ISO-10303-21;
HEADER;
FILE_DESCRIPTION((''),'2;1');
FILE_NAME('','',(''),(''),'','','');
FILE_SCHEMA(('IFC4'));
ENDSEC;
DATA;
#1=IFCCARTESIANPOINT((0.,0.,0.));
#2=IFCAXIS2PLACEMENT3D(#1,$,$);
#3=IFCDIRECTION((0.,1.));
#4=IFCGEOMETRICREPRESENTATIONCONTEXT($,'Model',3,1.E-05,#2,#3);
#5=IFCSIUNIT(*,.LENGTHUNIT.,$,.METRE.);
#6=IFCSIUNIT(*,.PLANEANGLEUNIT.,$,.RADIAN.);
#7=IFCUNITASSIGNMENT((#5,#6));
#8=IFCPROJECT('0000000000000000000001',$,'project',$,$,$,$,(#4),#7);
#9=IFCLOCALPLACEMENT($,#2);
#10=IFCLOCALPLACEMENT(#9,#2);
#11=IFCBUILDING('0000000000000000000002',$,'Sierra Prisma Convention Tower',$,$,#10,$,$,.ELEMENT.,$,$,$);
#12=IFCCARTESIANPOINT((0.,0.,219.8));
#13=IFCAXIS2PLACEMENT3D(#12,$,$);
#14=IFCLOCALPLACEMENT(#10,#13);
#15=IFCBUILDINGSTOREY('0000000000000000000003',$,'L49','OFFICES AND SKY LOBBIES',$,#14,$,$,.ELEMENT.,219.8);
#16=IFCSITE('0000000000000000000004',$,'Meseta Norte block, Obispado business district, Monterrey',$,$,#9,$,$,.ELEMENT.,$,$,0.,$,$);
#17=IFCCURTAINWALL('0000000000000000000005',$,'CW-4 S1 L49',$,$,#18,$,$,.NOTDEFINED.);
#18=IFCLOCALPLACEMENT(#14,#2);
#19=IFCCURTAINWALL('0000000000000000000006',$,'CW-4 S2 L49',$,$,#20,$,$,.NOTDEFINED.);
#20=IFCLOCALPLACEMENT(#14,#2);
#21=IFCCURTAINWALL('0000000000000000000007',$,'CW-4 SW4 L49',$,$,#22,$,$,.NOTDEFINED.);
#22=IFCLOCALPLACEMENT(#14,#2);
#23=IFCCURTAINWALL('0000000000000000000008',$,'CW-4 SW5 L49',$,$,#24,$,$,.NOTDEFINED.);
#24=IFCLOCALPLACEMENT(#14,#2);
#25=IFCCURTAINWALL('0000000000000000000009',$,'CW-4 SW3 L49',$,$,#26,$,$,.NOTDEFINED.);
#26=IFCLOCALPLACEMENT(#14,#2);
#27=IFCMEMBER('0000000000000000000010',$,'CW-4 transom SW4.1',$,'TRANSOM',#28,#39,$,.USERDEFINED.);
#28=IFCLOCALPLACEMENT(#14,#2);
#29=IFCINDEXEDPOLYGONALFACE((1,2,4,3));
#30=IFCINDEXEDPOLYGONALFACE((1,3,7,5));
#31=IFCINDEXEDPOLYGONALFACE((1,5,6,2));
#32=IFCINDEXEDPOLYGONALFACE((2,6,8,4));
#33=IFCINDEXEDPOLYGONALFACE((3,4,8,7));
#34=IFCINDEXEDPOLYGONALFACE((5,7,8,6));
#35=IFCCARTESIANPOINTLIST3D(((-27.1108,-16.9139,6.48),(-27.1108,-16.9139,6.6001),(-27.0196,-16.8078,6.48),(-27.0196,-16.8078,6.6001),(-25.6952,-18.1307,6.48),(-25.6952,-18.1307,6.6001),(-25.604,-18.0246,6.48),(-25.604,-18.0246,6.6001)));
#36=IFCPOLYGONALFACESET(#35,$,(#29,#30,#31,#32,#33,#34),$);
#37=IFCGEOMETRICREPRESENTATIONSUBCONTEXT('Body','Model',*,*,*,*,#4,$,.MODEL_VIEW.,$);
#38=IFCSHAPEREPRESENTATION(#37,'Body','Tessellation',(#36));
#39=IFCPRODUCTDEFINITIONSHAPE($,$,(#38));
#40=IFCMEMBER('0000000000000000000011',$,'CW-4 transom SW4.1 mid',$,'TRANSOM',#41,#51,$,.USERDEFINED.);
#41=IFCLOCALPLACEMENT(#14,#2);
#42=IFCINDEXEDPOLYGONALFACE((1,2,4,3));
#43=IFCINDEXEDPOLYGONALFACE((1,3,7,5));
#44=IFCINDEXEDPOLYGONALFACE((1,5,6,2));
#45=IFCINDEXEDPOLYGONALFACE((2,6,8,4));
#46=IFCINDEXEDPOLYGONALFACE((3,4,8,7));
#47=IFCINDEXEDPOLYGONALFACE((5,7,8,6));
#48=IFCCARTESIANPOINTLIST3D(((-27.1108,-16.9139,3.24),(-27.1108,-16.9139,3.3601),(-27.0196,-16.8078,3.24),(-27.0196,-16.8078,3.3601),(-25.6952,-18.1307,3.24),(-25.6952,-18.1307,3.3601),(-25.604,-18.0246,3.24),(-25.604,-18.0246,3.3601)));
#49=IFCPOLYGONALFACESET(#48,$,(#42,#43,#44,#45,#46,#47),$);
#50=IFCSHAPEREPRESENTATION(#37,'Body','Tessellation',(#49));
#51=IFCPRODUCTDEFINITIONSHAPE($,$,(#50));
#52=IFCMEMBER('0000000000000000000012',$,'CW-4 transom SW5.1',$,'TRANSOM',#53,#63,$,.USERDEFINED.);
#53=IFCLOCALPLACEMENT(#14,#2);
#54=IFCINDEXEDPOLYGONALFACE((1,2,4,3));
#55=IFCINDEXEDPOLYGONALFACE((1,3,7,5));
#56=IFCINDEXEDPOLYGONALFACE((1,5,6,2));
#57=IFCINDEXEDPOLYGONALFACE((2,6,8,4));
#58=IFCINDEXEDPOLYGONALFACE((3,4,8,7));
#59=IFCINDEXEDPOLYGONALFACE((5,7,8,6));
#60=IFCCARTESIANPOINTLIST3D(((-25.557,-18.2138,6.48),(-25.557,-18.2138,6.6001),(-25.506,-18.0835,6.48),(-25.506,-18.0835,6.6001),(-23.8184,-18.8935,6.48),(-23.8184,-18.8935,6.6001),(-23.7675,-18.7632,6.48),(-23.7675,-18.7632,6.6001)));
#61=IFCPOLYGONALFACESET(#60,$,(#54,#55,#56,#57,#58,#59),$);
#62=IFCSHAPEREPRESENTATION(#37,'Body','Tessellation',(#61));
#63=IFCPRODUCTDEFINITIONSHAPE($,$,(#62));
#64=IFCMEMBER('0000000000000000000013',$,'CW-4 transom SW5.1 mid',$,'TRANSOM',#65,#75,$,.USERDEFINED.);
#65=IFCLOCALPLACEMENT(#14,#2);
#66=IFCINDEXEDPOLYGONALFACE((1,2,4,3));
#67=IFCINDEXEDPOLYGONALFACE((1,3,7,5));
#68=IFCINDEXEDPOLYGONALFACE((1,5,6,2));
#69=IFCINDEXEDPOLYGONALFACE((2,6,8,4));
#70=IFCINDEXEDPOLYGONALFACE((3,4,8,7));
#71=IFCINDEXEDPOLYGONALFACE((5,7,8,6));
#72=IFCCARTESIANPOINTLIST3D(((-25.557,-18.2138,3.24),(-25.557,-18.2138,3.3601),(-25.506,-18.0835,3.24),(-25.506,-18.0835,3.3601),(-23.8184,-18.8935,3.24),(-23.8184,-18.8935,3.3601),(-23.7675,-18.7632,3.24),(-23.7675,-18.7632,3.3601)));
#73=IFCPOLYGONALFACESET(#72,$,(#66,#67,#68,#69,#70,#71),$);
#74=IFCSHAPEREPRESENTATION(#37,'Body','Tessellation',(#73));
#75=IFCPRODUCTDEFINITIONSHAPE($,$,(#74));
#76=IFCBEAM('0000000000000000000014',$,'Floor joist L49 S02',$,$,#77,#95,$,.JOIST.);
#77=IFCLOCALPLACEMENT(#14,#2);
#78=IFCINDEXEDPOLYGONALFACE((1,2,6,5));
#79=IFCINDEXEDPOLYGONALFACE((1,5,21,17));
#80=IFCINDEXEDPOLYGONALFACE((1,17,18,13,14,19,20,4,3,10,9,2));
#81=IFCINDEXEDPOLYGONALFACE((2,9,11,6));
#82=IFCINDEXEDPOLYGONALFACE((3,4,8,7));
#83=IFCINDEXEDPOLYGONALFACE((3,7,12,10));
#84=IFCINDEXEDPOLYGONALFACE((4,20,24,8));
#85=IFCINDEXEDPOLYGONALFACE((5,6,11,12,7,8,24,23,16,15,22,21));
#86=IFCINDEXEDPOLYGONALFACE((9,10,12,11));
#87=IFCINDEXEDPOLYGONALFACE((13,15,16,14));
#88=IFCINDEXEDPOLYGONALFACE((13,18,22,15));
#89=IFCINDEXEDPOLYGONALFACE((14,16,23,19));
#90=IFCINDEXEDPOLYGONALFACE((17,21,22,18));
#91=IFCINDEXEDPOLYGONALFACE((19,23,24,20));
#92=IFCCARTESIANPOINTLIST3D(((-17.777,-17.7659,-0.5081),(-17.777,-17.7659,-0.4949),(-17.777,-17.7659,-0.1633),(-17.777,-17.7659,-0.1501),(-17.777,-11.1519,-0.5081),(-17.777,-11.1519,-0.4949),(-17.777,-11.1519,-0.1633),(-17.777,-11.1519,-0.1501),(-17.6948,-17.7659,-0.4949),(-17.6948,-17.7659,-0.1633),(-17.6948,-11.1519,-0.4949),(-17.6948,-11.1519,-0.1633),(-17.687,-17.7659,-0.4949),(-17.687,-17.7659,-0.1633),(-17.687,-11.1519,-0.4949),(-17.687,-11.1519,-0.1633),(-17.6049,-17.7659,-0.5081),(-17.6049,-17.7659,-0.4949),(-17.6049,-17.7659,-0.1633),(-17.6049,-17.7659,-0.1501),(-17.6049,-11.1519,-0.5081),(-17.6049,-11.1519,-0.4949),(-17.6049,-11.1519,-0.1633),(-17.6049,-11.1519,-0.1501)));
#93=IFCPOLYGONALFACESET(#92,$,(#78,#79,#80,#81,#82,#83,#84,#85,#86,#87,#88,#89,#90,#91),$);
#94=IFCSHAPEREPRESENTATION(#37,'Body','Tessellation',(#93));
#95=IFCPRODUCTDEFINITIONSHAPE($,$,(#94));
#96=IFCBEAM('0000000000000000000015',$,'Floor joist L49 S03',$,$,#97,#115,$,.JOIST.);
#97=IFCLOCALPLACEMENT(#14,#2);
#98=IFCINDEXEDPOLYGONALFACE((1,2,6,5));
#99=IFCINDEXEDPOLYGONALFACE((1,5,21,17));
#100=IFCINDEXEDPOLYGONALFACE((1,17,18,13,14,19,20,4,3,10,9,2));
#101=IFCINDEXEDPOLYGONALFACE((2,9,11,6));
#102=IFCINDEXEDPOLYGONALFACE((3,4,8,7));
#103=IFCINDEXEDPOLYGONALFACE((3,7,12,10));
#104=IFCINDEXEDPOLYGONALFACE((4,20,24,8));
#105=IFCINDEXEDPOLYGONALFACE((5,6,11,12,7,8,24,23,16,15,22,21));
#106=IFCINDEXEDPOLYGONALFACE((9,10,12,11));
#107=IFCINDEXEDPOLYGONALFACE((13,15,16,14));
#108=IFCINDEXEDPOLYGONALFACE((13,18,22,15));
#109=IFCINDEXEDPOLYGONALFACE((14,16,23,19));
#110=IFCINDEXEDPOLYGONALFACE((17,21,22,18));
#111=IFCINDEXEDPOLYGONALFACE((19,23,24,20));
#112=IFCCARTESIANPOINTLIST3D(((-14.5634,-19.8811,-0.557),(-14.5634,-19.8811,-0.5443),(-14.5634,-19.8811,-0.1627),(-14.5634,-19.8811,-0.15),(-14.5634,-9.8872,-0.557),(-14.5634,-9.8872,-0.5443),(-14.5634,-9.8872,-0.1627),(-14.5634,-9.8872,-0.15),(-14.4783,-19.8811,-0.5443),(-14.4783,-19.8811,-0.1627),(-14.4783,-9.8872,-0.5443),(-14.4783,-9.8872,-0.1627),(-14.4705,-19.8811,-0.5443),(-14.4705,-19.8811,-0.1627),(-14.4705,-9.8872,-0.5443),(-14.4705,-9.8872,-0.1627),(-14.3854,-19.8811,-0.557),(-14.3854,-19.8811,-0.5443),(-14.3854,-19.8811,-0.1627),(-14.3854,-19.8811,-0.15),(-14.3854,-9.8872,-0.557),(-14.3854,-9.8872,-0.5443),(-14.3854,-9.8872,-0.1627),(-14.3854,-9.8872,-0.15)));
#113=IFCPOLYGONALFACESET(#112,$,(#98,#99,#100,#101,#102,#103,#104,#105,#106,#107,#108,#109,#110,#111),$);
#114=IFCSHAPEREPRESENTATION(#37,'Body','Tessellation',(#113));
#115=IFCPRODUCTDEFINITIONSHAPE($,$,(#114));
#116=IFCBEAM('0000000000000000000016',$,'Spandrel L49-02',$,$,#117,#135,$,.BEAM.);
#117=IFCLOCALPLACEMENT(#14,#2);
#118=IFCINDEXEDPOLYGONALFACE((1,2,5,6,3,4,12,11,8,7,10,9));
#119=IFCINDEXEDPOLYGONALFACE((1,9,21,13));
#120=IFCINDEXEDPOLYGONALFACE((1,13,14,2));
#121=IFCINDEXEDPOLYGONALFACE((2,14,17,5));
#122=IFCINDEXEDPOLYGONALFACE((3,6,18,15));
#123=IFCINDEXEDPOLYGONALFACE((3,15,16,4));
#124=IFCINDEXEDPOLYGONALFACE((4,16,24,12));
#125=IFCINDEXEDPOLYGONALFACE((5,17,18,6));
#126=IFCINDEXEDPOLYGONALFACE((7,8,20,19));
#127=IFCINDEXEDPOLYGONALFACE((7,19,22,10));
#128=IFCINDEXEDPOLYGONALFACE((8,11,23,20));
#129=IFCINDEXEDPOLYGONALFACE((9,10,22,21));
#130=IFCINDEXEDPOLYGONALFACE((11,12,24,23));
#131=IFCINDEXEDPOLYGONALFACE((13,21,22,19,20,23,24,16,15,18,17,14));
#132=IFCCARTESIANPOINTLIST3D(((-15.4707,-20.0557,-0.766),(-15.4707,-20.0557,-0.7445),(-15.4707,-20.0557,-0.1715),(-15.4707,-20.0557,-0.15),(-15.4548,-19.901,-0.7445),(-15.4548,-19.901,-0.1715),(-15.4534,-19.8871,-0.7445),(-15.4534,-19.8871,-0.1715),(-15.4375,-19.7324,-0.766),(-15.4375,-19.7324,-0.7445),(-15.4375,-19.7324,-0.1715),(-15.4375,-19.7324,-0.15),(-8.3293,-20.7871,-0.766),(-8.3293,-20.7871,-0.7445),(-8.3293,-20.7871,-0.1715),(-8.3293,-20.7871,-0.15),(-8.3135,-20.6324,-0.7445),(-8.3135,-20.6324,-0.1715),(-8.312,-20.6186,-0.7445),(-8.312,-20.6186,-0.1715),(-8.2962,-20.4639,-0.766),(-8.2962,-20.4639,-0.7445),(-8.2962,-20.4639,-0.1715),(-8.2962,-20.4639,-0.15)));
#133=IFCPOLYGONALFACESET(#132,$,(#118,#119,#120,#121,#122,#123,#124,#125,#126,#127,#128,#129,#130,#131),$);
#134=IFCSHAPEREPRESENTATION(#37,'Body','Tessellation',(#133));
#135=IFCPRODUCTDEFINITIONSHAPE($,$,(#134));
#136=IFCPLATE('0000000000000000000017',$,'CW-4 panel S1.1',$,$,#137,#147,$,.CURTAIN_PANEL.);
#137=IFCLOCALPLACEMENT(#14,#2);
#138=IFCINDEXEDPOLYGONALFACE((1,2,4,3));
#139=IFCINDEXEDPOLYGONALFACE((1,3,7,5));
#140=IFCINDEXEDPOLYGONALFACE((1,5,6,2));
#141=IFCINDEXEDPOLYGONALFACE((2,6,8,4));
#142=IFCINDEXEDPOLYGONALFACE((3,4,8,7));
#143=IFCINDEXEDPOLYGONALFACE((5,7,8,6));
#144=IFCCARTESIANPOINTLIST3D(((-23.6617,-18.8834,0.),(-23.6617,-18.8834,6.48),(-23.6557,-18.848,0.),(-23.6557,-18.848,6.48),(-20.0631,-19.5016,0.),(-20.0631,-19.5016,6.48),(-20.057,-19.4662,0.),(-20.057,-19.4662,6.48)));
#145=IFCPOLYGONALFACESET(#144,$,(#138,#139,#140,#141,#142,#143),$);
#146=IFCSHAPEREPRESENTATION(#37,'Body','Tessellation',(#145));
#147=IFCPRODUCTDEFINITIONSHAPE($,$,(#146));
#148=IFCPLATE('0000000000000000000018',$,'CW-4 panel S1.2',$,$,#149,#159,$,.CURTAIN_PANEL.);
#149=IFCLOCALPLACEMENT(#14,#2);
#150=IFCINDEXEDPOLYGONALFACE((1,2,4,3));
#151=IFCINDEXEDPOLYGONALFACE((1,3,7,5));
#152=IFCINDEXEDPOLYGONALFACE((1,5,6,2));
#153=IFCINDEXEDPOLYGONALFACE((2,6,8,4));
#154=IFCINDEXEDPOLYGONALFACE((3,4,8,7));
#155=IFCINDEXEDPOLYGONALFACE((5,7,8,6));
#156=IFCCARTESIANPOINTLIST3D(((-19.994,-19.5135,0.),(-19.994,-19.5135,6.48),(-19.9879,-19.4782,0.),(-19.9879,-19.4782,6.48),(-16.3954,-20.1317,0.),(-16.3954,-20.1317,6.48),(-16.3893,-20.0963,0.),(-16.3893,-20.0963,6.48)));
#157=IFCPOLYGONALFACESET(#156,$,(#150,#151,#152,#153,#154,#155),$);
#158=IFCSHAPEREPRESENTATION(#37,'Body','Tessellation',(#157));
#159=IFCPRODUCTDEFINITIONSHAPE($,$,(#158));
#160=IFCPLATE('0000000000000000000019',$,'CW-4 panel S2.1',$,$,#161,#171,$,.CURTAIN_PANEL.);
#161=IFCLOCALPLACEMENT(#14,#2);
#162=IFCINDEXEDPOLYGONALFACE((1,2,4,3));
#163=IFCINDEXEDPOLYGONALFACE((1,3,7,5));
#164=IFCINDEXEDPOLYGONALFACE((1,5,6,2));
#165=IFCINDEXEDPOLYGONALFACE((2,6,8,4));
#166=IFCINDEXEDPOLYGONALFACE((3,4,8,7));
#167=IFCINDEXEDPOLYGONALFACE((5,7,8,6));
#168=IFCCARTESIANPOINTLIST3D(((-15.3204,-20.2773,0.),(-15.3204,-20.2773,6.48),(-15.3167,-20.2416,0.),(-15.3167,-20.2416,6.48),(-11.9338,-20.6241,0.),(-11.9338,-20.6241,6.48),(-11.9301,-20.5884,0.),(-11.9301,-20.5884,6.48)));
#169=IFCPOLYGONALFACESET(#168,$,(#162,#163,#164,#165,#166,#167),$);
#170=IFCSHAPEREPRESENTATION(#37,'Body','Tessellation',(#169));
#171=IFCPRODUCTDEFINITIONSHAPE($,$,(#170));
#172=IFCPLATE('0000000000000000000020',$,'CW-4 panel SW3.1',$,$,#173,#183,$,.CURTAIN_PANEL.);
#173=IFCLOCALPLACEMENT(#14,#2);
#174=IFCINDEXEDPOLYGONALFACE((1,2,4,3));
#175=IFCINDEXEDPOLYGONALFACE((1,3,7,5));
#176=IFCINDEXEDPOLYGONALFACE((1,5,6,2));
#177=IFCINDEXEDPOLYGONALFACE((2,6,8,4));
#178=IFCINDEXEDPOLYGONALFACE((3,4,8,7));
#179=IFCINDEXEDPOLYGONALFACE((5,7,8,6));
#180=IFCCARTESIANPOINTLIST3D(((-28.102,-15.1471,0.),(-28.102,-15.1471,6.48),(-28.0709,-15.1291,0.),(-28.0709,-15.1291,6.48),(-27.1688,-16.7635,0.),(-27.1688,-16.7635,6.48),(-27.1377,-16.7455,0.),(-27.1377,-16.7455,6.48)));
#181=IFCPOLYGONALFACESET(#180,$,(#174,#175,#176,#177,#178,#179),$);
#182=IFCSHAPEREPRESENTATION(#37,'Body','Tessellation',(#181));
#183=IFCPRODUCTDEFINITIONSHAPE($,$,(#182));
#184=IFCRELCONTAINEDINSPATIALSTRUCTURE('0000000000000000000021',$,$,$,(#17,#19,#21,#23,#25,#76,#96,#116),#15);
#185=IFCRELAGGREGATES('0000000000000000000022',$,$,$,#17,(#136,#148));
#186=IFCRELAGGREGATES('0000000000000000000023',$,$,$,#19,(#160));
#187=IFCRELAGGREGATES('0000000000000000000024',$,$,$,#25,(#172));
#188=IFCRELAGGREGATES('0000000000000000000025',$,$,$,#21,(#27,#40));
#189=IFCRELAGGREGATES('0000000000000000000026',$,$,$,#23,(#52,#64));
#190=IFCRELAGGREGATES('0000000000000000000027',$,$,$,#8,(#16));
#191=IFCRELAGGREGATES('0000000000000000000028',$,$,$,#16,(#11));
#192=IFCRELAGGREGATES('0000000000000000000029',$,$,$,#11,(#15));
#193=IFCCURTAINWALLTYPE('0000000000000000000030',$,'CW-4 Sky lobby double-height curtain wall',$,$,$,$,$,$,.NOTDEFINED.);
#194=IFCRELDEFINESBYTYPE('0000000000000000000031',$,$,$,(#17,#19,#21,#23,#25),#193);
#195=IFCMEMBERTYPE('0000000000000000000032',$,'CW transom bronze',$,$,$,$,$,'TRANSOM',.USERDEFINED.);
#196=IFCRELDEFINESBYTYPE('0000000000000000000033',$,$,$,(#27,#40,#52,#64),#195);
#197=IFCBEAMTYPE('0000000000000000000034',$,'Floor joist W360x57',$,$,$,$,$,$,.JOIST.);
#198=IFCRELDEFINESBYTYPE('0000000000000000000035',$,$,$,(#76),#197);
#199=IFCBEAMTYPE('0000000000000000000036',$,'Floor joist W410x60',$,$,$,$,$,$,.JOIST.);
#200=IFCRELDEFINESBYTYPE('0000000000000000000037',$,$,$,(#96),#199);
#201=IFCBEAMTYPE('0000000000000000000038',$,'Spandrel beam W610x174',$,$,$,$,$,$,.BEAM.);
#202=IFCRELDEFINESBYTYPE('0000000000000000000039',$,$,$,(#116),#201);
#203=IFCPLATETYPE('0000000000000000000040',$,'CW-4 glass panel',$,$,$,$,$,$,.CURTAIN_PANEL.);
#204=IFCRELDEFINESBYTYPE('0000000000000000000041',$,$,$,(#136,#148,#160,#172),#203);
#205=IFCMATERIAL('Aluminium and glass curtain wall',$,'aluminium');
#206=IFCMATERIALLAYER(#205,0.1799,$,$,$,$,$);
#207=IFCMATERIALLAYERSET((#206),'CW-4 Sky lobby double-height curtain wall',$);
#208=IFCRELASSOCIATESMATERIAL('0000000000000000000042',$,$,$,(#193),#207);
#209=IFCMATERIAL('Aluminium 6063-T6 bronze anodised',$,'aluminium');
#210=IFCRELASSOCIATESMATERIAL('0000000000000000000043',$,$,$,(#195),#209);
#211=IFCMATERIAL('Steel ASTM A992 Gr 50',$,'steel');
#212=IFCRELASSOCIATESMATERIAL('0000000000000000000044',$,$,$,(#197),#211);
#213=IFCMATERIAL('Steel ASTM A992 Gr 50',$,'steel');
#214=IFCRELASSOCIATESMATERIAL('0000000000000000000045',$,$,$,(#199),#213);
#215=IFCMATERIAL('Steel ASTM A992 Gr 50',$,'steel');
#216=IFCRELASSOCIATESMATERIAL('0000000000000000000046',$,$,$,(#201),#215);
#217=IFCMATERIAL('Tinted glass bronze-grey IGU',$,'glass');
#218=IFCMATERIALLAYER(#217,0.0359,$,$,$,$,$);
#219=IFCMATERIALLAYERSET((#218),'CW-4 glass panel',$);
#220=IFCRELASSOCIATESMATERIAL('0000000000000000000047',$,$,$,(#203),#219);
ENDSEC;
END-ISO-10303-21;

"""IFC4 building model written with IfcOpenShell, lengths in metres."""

from ifc_helpers import new_model, si_unit, direction, frame, origin, origin_2d, place, context, subcontext, project, spatial, rectangle, i_section, extrude, material, layer, layer_set, material_profile, profile_set, type_object, element, aggregate, save


model = new_model("IFC4")

# Units and contexts
model_context = context("Model", 3, precision=1e-05, world=origin(), true_north=direction((0.0, 1.0)))
body_context = subcontext(model_context, "Body", "Model", "MODEL_VIEW")
ifc_project = project(units=[si_unit("LENGTHUNIT", "METRE"), si_unit("PLANEANGLEUNIT", "RADIAN")], contexts=[model_context])

# Site, building, storey
site_placement = place(None, origin())
site = spatial("IfcSite", under=ifc_project, at=site_placement, Name="Meseta Norte block, Obispado business district, Monterrey", CompositionType="ELEMENT", RefElevation=0.0)
building_placement = place(site_placement, origin())
building = spatial("IfcBuilding", under=site, at=building_placement, Name="Sierra Prisma Convention Tower", CompositionType="ELEMENT")
storey_placement = place(building_placement, frame((0.0, 0.0, 219.8)))
storey = spatial("IfcBuildingStorey", under=building, at=storey_placement, Name="L49", Description="OFFICES AND SKY LOBBIES", CompositionType="ELEMENT", Elevation=219.8)

# Curtain walls
ifc_material_1 = material(Name="Aluminium and glass curtain wall", Category="aluminium")
ifc_layer_1 = layer(ifc_material_1, 0.1799)
ifc_layer_set_1 = layer_set([ifc_layer_1], Name="CW-4 Sky lobby double-height curtain wall")
curtain_wall_type = type_object("IfcCurtainWallType", Name="CW-4 Sky lobby double-height curtain wall", PredefinedType="NOTDEFINED", material=ifc_layer_set_1)
curtain_wall_1_placement = place(storey_placement, origin())
curtain_wall_1 = element("IfcCurtainWall", 1, at=curtain_wall_1_placement, inside=storey, type_object=curtain_wall_type, Name="CW-4 S1 L49", PredefinedType="NOTDEFINED")
curtain_wall_2_placement = place(storey_placement, origin())
curtain_wall_2 = element("IfcCurtainWall", 2, at=curtain_wall_2_placement, inside=storey, type_object=curtain_wall_type, Name="CW-4 S2 L49", PredefinedType="NOTDEFINED")

# Curtain walls
curtain_wall_3_placement = place(storey_placement, origin())
curtain_wall_3 = element("IfcCurtainWall", 3, at=curtain_wall_3_placement, inside=storey, type_object=curtain_wall_type, Name="CW-4 SW4 L49", PredefinedType="NOTDEFINED")
curtain_wall_4_placement = place(storey_placement, origin())
curtain_wall_4 = element("IfcCurtainWall", 4, at=curtain_wall_4_placement, inside=storey, type_object=curtain_wall_type, Name="CW-4 SW5 L49", PredefinedType="NOTDEFINED")

# Shared definitions
ifc_material_2 = material(Name="Aluminium 6063-T6 bronze anodised", Category="aluminium")
ifc_material_profile_1 = material_profile(ifc_material_2, rectangle(XDim=0.1399, YDim=0.1201, at=origin_2d()), Name="ALU TRANSOM 120x140")
ifc_profile_set_1 = profile_set([ifc_material_profile_1], Name="Aluminium 6063-T6 bronze anodised")
member_type_1 = type_object("IfcMemberType", Name="CW transom bronze", ElementType="TRANSOM", PredefinedType="USERDEFINED", material=ifc_profile_set_1)

# Curtain wall
curtain_wall_5_placement = place(storey_placement, origin())
curtain_wall_5 = element("IfcCurtainWall", 5, at=curtain_wall_5_placement, inside=storey, type_object=curtain_wall_type, Name="CW-4 SW3 L49", PredefinedType="NOTDEFINED")

# Members
member_1_placement = place(storey_placement, frame((-27.0652, -16.8608, 6.54), z_axis=(0.758333, -0.651868, 0.0), x_axis=(0.651868, 0.758333, 0.0)))
member_1 = element("IfcMember", 6, at=member_1_placement, type_object=member_type_1, Name="CW-4 transom SW4.1", ObjectType="TRANSOM", PredefinedType="USERDEFINED", context=body_context, shape_type="SweptSolid", body=[
    extrude(rectangle(XDim=0.1399, YDim=0.1201, at=origin_2d()), origin(), (0.0, 0.0, 1.0), 1.8667),
])
member_2_placement = place(storey_placement, frame((-27.0652, -16.8608, 3.3), z_axis=(0.758333, -0.651868, 0.0), x_axis=(0.651868, 0.758333, 0.0)))
member_2 = element("IfcMember", 7, at=member_2_placement, type_object=member_type_1, Name="CW-4 transom SW4.1 mid", ObjectType="TRANSOM", PredefinedType="USERDEFINED", context=body_context, shape_type="SweptSolid", body=[
    extrude(rectangle(XDim=0.1399, YDim=0.1201, at=origin_2d()), origin(), (0.0, 0.0, 1.0), 1.8667),
])
member_3_placement = place(storey_placement, frame((-25.5315, -18.1487, 6.54), z_axis=(0.931353, -0.364118, 0.0), x_axis=(0.364118, 0.931353, 0.0)))
member_3 = element("IfcMember", 8, at=member_3_placement, type_object=member_type_1, Name="CW-4 transom SW5.1", ObjectType="TRANSOM", PredefinedType="USERDEFINED", context=body_context, shape_type="SweptSolid", body=[
    extrude(rectangle(XDim=0.1399, YDim=0.1201, at=origin_2d()), origin(), (0.0, 0.0, 1.0), 1.8667),
])
member_4_placement = place(storey_placement, frame((-25.5315, -18.1487, 3.3), z_axis=(0.931353, -0.364118, 0.0), x_axis=(0.364118, 0.931353, 0.0)))
member_4 = element("IfcMember", 9, at=member_4_placement, type_object=member_type_1, Name="CW-4 transom SW5.1 mid", ObjectType="TRANSOM", PredefinedType="USERDEFINED", context=body_context, shape_type="SweptSolid", body=[
    extrude(rectangle(XDim=0.1399, YDim=0.1201, at=origin_2d()), origin(), (0.0, 0.0, 1.0), 1.8667),
])

# Beams
ifc_material_3 = material(Name="Steel ASTM A992 Gr 50", Category="steel")
ifc_material_profile_2 = material_profile(ifc_material_3, i_section(OverallWidth=0.1721, OverallDepth=0.3579, WebThickness=0.0078, FlangeThickness=0.0132, at=origin_2d()), Name="W360x57")
ifc_profile_set_2 = profile_set([ifc_material_profile_2], Name="Steel ASTM A992 Gr 50")
beam_type_1 = type_object("IfcBeamType", Name="Floor joist W360x57", PredefinedType="JOIST", material=ifc_profile_set_2)
beam_1_placement = place(storey_placement, frame((-17.6909, -17.7659, -0.3291), z_axis=(0.0, 1.0, 0.0), x_axis=(-1.0, 0.0, 0.0)))
element("IfcBeam", 10, at=beam_1_placement, inside=storey, type_object=beam_type_1, Name="Floor joist L49 S02", PredefinedType="JOIST", context=body_context, shape_type="SweptSolid", body=[
    extrude(i_section(OverallWidth=0.1721, OverallDepth=0.3579, WebThickness=0.0078, FlangeThickness=0.0132, at=origin_2d()), origin(), (0.0, 0.0, 1.0), 6.614),
])
ifc_material_4 = material(Name="Steel ASTM A992 Gr 50", Category="steel")
ifc_material_profile_3 = material_profile(ifc_material_4, i_section(OverallWidth=0.178, OverallDepth=0.407, WebThickness=0.0078, FlangeThickness=0.0127, at=origin_2d()), Name="W410x60")
ifc_profile_set_3 = profile_set([ifc_material_profile_3], Name="Steel ASTM A992 Gr 50")
beam_type_2 = type_object("IfcBeamType", Name="Floor joist W410x60", PredefinedType="JOIST", material=ifc_profile_set_3)
beam_2_placement = place(storey_placement, frame((-14.4744, -19.8811, -0.3535), z_axis=(0.0, 1.0, 0.0), x_axis=(-1.0, 0.0, 0.0)))
element("IfcBeam", 11, at=beam_2_placement, inside=storey, type_object=beam_type_2, Name="Floor joist L49 S03", PredefinedType="JOIST", context=body_context, shape_type="SweptSolid", body=[
    extrude(i_section(OverallWidth=0.178, OverallDepth=0.407, WebThickness=0.0078, FlangeThickness=0.0127, at=origin_2d()), origin(), (0.0, 0.0, 1.0), 9.9939),
])
ifc_material_5 = material(Name="Steel ASTM A992 Gr 50", Category="steel")
ifc_material_profile_4 = material_profile(ifc_material_5, i_section(OverallWidth=0.325, OverallDepth=0.616, WebThickness=0.0139, FlangeThickness=0.0215, at=origin_2d()), Name="W610x174")
ifc_profile_set_4 = profile_set([ifc_material_profile_4], Name="Steel ASTM A992 Gr 50")
beam_type_3 = type_object("IfcBeamType", Name="Spandrel beam W610x174", PredefinedType="BEAM", material=ifc_profile_set_4)
beam_3_placement = place(storey_placement, frame((-15.4541, -19.894, -0.458), z_axis=(0.994796, -0.101891, 0.0), x_axis=(0.101891, 0.994796, 0.0)))
element("IfcBeam", 12, at=beam_3_placement, inside=storey, type_object=beam_type_3, Name="Spandrel L49-02", PredefinedType="BEAM", context=body_context, shape_type="SweptSolid", body=[
    extrude(i_section(OverallWidth=0.325, OverallDepth=0.616, WebThickness=0.0139, FlangeThickness=0.0215, at=origin_2d()), origin(), (0.0, 0.0, 1.0), 7.1787),
])

# Plates
ifc_material_6 = material(Name="Tinted glass bronze-grey IGU", Category="glass")
ifc_layer_2 = layer(ifc_material_6, 0.0359)
ifc_layer_set_2 = layer_set([ifc_layer_2], Name="CW-4 glass panel")
plate_type = type_object("IfcPlateType", Name="CW-4 glass panel", PredefinedType="CURTAIN_PANEL", material=ifc_layer_set_2)
plate_1_placement = place(storey_placement, frame((-21.8594, -19.1748, 0.0), z_axis=(0.0, 0.0, 1.0), x_axis=(0.985565, -0.169297, 0.0)))
plate_1 = element("IfcPlate", 13, at=plate_1_placement, type_object=plate_type, Name="CW-4 panel S1.1", PredefinedType="CURTAIN_PANEL", context=body_context, shape_type="SweptSolid", body=[
    extrude(rectangle(XDim=3.6514, YDim=0.0359, at=origin_2d()), origin(), (0.0, 0.0, 1.0), 6.48),
])
plate_2_placement = place(storey_placement, frame((-18.1917, -19.8049, 0.0), z_axis=(0.0, 0.0, 1.0), x_axis=(0.985565, -0.169297, 0.0)))
plate_2 = element("IfcPlate", 14, at=plate_2_placement, type_object=plate_type, Name="CW-4 panel S1.2", PredefinedType="CURTAIN_PANEL", context=body_context, shape_type="SweptSolid", body=[
    extrude(rectangle(XDim=3.6514, YDim=0.0359, at=origin_2d()), origin(), (0.0, 0.0, 1.0), 6.48),
])
aggregate(curtain_wall_1, [plate_1, plate_2])
plate_3_placement = place(storey_placement, frame((-13.6252, -20.4329, 0.0), z_axis=(0.0, 0.0, 1.0), x_axis=(0.994795, -0.101893, 0.0)))
plate_3 = element("IfcPlate", 15, at=plate_3_placement, type_object=plate_type, Name="CW-4 panel S2.1", PredefinedType="CURTAIN_PANEL", context=body_context, shape_type="SweptSolid", body=[
    extrude(rectangle(XDim=3.4043, YDim=0.0359, at=origin_2d()), origin(), (0.0, 0.0, 1.0), 6.48),
])
aggregate(curtain_wall_2, [plate_3])
plate_4_placement = place(storey_placement, frame((-27.6199, -15.9463, 0.0), z_axis=(0.0, 0.0, 1.0), x_axis=(0.5, -0.866025, 0.0)))
plate_4 = element("IfcPlate", 16, at=plate_4_placement, type_object=plate_type, Name="CW-4 panel SW3.1", PredefinedType="CURTAIN_PANEL", context=body_context, shape_type="SweptSolid", body=[
    extrude(rectangle(XDim=1.8665, YDim=0.0359, at=origin_2d()), origin(), (0.0, 0.0, 1.0), 6.48),
])
aggregate(curtain_wall_5, [plate_4])
aggregate(curtain_wall_3, [member_1, member_2])
aggregate(curtain_wall_4, [member_3, member_4])

save(model, "model.ifc")
